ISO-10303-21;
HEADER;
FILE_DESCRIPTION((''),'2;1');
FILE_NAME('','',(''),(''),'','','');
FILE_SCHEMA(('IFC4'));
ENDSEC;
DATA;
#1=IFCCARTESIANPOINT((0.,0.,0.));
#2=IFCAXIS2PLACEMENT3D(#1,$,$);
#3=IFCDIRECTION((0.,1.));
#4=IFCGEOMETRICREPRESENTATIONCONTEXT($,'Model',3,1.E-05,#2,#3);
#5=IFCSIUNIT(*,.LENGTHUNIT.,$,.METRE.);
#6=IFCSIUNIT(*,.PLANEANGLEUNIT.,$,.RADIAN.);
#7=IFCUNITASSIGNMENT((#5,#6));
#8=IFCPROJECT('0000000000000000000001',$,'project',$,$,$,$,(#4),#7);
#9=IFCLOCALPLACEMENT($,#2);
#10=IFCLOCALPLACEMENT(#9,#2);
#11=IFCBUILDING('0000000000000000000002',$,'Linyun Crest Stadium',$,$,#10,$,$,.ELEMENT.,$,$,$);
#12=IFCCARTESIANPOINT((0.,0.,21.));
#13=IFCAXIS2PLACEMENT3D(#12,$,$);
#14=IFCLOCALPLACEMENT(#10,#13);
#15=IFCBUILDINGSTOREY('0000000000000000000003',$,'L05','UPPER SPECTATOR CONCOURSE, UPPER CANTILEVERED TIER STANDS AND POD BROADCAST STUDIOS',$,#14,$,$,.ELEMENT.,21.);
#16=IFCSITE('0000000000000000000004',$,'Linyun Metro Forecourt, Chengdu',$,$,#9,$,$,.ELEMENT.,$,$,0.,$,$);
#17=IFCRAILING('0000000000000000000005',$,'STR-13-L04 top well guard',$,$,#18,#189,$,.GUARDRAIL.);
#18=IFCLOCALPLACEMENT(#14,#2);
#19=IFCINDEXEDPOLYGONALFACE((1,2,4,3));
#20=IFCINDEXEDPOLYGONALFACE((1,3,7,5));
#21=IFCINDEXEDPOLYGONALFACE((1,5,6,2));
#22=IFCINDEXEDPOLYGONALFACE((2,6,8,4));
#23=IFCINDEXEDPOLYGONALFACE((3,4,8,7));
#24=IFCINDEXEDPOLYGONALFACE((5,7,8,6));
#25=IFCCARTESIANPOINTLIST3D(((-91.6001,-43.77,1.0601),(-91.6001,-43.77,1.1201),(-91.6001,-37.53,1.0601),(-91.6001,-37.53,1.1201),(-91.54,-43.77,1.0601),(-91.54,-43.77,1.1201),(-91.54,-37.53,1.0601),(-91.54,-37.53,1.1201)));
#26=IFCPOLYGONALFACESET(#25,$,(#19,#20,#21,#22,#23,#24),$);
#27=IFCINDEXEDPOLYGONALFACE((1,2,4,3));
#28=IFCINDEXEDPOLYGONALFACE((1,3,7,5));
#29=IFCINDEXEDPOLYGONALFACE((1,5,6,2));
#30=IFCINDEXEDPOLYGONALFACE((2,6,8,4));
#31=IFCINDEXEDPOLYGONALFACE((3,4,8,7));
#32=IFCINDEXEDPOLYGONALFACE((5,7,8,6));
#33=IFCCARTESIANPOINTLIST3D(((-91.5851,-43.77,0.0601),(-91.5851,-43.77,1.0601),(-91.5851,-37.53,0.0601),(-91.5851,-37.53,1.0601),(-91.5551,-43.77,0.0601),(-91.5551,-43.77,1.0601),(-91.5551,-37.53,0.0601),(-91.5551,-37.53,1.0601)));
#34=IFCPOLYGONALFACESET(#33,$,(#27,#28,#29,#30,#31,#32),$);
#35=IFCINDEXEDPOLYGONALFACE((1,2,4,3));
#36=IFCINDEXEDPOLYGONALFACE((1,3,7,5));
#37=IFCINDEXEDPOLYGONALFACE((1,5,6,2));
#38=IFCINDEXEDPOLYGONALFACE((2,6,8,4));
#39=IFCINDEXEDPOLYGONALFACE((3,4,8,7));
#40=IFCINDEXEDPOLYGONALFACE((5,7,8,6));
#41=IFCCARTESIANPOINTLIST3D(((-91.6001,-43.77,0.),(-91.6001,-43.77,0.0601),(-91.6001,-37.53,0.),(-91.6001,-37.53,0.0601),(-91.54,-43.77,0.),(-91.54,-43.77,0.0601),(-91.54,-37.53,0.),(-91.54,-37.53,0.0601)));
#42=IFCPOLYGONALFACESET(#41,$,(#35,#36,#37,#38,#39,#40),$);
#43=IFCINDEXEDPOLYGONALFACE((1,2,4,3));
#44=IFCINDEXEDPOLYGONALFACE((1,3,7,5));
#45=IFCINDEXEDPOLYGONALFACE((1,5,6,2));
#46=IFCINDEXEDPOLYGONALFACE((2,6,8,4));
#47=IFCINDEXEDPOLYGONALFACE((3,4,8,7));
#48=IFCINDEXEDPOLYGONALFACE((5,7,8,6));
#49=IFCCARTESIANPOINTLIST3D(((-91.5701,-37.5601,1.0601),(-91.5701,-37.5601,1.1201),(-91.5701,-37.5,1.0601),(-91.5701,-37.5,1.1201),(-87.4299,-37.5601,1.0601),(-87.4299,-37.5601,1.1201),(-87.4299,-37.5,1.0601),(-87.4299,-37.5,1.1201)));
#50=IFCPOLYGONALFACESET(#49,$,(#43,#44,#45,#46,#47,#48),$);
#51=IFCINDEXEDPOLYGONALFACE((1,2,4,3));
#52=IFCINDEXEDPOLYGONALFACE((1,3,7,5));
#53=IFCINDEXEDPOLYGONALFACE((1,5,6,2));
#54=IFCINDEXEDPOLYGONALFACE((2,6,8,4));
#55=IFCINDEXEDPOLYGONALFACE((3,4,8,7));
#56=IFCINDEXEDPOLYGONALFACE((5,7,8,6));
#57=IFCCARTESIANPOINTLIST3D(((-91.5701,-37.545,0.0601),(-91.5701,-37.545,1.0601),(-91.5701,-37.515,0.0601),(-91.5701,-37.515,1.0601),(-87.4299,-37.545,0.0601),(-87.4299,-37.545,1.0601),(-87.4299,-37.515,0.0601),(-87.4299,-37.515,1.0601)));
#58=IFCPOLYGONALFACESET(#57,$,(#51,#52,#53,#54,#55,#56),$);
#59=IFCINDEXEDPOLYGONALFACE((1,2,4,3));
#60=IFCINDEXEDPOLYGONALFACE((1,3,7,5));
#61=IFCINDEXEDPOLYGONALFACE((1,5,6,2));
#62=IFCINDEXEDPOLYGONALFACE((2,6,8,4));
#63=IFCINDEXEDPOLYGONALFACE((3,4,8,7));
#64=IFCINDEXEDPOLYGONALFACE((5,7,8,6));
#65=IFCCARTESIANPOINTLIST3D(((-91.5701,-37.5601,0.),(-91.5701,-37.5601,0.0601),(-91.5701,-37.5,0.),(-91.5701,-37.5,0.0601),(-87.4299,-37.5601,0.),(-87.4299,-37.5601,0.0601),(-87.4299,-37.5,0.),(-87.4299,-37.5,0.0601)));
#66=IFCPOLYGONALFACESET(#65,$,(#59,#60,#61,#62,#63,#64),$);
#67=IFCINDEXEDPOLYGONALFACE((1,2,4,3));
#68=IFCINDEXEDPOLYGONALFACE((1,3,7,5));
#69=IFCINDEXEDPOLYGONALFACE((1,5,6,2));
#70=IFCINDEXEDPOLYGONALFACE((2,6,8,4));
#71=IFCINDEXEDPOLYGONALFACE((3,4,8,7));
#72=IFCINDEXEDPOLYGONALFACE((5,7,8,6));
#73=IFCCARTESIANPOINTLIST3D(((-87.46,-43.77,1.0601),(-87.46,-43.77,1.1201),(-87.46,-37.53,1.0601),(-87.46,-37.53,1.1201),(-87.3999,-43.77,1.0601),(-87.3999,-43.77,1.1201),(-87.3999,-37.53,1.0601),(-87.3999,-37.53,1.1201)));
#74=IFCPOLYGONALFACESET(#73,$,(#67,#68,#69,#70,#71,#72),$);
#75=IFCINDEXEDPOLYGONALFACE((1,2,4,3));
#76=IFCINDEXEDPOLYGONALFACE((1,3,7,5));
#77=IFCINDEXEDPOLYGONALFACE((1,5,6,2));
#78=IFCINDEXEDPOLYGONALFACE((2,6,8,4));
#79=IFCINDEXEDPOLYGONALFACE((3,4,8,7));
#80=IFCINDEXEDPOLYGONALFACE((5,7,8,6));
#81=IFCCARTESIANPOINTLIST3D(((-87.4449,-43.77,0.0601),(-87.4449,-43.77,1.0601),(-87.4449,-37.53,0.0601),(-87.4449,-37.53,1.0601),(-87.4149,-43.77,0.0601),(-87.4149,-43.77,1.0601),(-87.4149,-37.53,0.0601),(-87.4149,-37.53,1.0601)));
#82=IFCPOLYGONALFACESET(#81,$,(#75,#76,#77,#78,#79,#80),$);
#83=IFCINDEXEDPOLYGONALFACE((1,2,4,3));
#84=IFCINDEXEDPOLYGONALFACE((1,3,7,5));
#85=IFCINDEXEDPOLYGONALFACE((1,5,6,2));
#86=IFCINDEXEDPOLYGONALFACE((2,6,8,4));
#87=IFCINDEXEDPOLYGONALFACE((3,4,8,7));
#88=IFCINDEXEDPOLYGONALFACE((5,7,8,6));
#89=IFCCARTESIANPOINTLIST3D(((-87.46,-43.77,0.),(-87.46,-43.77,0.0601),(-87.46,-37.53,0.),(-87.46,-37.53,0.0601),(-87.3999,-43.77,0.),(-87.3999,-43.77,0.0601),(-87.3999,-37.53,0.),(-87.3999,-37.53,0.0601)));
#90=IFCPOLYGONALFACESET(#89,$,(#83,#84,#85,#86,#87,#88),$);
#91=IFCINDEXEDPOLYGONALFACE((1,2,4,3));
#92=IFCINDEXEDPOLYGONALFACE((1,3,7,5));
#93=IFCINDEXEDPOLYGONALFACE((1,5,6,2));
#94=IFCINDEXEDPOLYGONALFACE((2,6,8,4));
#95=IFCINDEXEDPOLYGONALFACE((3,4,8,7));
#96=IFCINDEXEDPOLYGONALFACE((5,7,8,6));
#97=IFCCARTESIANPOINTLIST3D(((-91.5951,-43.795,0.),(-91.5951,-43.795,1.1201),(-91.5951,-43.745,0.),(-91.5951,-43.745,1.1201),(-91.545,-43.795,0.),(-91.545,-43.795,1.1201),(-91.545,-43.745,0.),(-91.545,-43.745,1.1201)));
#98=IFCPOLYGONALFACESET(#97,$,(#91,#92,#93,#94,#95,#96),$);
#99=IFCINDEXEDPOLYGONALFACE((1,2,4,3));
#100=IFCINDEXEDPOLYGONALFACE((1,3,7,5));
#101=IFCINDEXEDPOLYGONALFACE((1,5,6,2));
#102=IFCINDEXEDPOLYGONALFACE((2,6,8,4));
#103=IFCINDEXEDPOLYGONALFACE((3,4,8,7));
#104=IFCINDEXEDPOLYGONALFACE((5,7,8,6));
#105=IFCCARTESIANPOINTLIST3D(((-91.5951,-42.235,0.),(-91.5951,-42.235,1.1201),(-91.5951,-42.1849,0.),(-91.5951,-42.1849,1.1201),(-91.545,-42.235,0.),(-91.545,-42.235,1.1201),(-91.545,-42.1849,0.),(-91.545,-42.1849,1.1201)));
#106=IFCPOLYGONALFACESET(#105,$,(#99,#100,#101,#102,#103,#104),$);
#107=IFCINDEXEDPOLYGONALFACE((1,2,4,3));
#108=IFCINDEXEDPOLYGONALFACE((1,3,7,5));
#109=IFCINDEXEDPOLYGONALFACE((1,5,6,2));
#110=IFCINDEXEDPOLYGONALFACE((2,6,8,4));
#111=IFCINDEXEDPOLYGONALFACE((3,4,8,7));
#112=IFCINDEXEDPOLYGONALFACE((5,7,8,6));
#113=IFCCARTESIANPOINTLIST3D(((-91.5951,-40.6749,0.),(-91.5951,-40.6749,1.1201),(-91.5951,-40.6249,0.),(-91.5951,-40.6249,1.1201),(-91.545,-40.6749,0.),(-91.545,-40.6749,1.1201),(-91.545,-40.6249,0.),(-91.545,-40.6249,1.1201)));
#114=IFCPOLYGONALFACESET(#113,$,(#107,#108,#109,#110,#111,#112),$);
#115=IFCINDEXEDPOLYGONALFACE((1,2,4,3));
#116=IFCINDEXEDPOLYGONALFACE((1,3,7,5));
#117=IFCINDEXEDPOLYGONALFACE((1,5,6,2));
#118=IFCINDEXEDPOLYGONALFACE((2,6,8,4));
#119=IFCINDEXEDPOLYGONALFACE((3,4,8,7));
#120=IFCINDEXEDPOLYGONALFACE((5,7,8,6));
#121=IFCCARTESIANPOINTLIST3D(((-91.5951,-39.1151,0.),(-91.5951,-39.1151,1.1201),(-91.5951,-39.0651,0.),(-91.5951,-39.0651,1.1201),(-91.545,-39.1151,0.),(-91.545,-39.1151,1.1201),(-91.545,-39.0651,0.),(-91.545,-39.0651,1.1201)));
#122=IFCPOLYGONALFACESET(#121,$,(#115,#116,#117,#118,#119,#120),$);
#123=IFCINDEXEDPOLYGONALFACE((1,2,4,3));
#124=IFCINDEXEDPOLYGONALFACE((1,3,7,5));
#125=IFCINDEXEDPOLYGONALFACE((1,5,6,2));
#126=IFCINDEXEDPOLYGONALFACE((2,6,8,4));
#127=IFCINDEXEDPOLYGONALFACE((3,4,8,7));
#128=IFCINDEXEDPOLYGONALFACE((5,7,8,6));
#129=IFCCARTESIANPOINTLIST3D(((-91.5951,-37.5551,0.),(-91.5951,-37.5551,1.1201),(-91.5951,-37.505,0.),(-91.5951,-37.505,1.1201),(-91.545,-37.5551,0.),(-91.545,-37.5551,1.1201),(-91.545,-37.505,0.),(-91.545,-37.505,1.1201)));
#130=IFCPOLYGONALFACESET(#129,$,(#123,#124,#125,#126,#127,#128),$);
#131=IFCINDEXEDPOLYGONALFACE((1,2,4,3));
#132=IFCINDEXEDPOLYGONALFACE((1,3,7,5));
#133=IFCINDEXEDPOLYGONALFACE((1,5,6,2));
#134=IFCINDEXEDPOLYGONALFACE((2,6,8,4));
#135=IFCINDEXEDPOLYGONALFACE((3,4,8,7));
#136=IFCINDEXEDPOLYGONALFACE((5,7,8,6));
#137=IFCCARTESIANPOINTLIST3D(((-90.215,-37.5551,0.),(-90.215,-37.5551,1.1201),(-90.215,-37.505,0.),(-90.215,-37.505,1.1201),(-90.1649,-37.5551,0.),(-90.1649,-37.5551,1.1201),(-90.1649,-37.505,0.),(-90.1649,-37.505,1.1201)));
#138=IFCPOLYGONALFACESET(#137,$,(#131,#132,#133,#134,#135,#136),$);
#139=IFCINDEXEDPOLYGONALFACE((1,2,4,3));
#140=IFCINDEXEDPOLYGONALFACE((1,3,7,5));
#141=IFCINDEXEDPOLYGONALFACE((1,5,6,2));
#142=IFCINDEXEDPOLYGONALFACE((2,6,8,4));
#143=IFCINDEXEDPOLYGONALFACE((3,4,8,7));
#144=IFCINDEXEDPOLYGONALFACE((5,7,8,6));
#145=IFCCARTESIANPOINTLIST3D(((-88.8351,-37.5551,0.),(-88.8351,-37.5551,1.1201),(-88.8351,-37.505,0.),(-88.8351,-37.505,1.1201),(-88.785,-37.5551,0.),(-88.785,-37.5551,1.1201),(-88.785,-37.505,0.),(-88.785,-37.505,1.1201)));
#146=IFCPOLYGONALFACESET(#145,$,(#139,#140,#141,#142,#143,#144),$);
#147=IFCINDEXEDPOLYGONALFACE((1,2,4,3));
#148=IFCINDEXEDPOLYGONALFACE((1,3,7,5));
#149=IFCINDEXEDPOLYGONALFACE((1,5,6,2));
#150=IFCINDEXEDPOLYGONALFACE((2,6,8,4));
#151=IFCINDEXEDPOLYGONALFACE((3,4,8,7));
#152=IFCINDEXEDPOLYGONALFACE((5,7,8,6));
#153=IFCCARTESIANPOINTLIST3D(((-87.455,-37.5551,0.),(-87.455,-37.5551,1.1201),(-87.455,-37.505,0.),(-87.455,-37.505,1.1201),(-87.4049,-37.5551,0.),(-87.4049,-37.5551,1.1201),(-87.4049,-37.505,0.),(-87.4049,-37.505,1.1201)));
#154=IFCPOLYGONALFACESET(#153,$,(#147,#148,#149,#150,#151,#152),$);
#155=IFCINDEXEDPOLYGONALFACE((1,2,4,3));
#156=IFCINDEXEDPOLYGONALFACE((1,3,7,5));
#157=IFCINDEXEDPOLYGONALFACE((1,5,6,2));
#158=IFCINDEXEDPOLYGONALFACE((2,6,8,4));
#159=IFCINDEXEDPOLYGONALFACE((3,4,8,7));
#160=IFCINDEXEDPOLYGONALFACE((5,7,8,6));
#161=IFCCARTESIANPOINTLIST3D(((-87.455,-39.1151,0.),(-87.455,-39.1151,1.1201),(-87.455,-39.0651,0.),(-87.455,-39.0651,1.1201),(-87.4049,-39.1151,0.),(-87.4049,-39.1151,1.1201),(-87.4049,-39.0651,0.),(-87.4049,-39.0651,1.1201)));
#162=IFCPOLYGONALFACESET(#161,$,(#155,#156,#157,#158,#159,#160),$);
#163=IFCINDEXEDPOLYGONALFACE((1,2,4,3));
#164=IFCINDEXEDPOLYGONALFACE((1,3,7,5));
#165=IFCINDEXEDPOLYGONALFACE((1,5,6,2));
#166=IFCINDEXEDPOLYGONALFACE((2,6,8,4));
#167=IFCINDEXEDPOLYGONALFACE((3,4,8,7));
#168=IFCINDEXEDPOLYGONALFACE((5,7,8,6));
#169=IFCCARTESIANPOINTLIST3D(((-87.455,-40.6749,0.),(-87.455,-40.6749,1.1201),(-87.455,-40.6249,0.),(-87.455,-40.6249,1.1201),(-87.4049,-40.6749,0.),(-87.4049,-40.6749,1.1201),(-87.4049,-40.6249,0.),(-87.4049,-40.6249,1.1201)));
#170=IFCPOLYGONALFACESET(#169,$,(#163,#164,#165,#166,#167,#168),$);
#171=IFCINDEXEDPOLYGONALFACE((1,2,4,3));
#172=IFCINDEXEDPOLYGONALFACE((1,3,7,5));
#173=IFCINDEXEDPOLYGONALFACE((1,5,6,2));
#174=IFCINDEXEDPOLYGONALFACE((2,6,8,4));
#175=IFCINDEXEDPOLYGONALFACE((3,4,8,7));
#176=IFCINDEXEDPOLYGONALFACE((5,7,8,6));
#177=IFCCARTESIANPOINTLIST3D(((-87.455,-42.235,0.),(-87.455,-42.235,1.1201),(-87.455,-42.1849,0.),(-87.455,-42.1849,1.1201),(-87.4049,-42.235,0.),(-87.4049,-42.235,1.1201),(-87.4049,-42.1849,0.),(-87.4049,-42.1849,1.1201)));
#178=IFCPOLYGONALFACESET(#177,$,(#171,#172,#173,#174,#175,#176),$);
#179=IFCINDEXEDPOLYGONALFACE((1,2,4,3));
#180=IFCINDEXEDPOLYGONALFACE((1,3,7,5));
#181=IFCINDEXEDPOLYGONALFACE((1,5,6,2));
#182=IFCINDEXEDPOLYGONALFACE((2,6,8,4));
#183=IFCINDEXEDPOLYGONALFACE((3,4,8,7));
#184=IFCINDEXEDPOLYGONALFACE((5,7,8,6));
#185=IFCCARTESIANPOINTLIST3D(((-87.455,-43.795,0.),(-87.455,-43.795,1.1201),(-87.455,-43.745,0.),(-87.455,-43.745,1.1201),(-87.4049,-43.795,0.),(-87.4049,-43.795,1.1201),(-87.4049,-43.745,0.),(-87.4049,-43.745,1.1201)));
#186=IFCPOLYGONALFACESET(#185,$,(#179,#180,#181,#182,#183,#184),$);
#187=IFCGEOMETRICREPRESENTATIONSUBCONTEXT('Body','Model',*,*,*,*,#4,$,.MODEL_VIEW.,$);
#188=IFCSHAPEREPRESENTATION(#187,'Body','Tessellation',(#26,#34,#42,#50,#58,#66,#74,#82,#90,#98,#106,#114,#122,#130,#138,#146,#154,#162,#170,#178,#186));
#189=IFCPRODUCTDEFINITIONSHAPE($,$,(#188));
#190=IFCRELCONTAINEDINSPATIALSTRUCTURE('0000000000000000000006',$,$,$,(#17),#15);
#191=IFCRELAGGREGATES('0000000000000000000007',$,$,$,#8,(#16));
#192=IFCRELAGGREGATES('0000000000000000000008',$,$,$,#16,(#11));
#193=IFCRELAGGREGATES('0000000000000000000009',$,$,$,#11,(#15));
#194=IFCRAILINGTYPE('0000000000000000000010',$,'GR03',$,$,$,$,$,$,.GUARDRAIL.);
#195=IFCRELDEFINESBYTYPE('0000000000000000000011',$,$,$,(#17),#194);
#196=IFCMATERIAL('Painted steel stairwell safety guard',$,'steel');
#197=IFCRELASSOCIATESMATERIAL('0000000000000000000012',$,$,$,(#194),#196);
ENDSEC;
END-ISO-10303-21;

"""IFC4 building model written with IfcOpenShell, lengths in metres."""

from ifc_helpers import new_model, si_unit, direction, frame, origin, origin_2d, place, context, subcontext, project, spatial, rectangle, extrude, material, type_object, element, save


model = new_model("IFC4")

# Units and contexts
model_context = context("Model", 3, precision=1e-05, world=origin(), true_north=direction((0.0, 1.0)))
body_context = subcontext(model_context, "Body", "Model", "MODEL_VIEW")
ifc_project = project(units=[si_unit("LENGTHUNIT", "METRE"), si_unit("PLANEANGLEUNIT", "RADIAN")], contexts=[model_context])

# Site, building, storey
site_placement = place(None, origin())
site = spatial("IfcSite", under=ifc_project, at=site_placement, Name="Linyun Metro Forecourt, Chengdu", CompositionType="ELEMENT", RefElevation=0.0)
building_placement = place(site_placement, origin())
building = spatial("IfcBuilding", under=site, at=building_placement, Name="Linyun Crest Stadium", CompositionType="ELEMENT")
storey_placement = place(building_placement, frame((0.0, 0.0, 21.0)))
storey = spatial("IfcBuildingStorey", under=building, at=storey_placement, Name="L05", Description="UPPER SPECTATOR CONCOURSE, UPPER CANTILEVERED TIER STANDS AND POD BROADCAST STUDIOS", CompositionType="ELEMENT", Elevation=21.0)

# Railing
ifc_material_1 = material(Name="Painted steel stairwell safety guard", Category="steel")
railing_type_1 = type_object("IfcRailingType", Name="GR03", PredefinedType="GUARDRAIL", material=ifc_material_1)
railing_1_placement = place(storey_placement, frame((-91.5701, -43.77, 0.0)))
element("IfcRailing", 1, at=railing_1_placement, inside=storey, type_object=railing_type_1, Name="STR-13-L04 top well guard", PredefinedType="GUARDRAIL", context=body_context, shape_type="SweptSolid", body=[
    extrude(rectangle(XDim=0.0601, YDim=0.0601, at=origin_2d()), frame((0.0, 0.0, 1.0901), z_axis=(0.0, 1.0, 0.0), x_axis=(-1.0, 0.0, 0.0)), (0.0, 0.0, 1.0), 6.24),
    extrude(rectangle(XDim=0.03, YDim=1.0, at=origin_2d()), frame((0.0, 0.0, 0.5601), z_axis=(0.0, 1.0, 0.0), x_axis=(-1.0, 0.0, 0.0)), (0.0, 0.0, 1.0), 6.24),
    extrude(rectangle(XDim=0.0601, YDim=0.0601, at=origin_2d()), frame((0.0, 0.0, 0.03), z_axis=(0.0, 1.0, 0.0), x_axis=(-1.0, 0.0, 0.0)), (0.0, 0.0, 1.0), 6.24),
    extrude(rectangle(XDim=0.0601, YDim=0.0601, at=origin_2d()), frame((0.0, 6.24, 1.0901), z_axis=(1.0, 0.0, 0.0), x_axis=(0.0, 1.0, 0.0)), (0.0, 0.0, 1.0), 4.1401),
    extrude(rectangle(XDim=0.03, YDim=1.0, at=origin_2d()), frame((0.0, 6.24, 0.5601), z_axis=(1.0, 0.0, 0.0), x_axis=(0.0, 1.0, 0.0)), (0.0, 0.0, 1.0), 4.1401),
    extrude(rectangle(XDim=0.0601, YDim=0.0601, at=origin_2d()), frame((0.0, 6.24, 0.03), z_axis=(1.0, 0.0, 0.0), x_axis=(0.0, 1.0, 0.0)), (0.0, 0.0, 1.0), 4.1401),
    extrude(rectangle(XDim=0.0601, YDim=0.0601, at=origin_2d()), frame((4.1401, 6.24, 1.0901), z_axis=(0.0, -1.0, 0.0), x_axis=(1.0, 0.0, 0.0)), (0.0, 0.0, 1.0), 6.24),
    extrude(rectangle(XDim=0.03, YDim=1.0, at=origin_2d()), frame((4.1401, 6.24, 0.5601), z_axis=(0.0, -1.0, 0.0), x_axis=(1.0, 0.0, 0.0)), (0.0, 0.0, 1.0), 6.24),
    extrude(rectangle(XDim=0.0601, YDim=0.0601, at=origin_2d()), frame((4.1401, 6.24, 0.03), z_axis=(0.0, -1.0, 0.0), x_axis=(1.0, 0.0, 0.0)), (0.0, 0.0, 1.0), 6.24),
    extrude(rectangle(XDim=0.05, YDim=0.05, at=origin_2d()), origin(), (0.0, 0.0, 1.0), 1.1201),
    extrude(rectangle(XDim=0.05, YDim=0.05, at=origin_2d()), frame((0.0, 1.5601, 0.0)), (0.0, 0.0, 1.0), 1.1201),
    extrude(rectangle(XDim=0.05, YDim=0.05, at=origin_2d()), frame((0.0, 3.1201, 0.0)), (0.0, 0.0, 1.0), 1.1201),
    extrude(rectangle(XDim=0.05, YDim=0.05, at=origin_2d()), frame((0.0, 4.6799, 0.0)), (0.0, 0.0, 1.0), 1.1201),
    extrude(rectangle(XDim=0.05, YDim=0.05, at=origin_2d()), frame((0.0, 6.24, 0.0)), (0.0, 0.0, 1.0), 1.1201),
    extrude(rectangle(XDim=0.05, YDim=0.05, at=origin_2d()), frame((1.3801, 6.24, 0.0)), (0.0, 0.0, 1.0), 1.1201),
    extrude(rectangle(XDim=0.05, YDim=0.05, at=origin_2d()), frame((2.76, 6.24, 0.0)), (0.0, 0.0, 1.0), 1.1201),
    extrude(rectangle(XDim=0.05, YDim=0.05, at=origin_2d()), frame((4.1401, 6.24, 0.0)), (0.0, 0.0, 1.0), 1.1201),
    extrude(rectangle(XDim=0.05, YDim=0.05, at=origin_2d()), frame((4.1401, 4.6799, 0.0)), (0.0, 0.0, 1.0), 1.1201),
    extrude(rectangle(XDim=0.05, YDim=0.05, at=origin_2d()), frame((4.1401, 3.1201, 0.0)), (0.0, 0.0, 1.0), 1.1201),
    extrude(rectangle(XDim=0.05, YDim=0.05, at=origin_2d()), frame((4.1401, 1.5601, 0.0)), (0.0, 0.0, 1.0), 1.1201),
    extrude(rectangle(XDim=0.05, YDim=0.05, at=origin_2d()), frame((4.1401, 0.0, 0.0)), (0.0, 0.0, 1.0), 1.1201),
])

save(model, "model.ifc")
